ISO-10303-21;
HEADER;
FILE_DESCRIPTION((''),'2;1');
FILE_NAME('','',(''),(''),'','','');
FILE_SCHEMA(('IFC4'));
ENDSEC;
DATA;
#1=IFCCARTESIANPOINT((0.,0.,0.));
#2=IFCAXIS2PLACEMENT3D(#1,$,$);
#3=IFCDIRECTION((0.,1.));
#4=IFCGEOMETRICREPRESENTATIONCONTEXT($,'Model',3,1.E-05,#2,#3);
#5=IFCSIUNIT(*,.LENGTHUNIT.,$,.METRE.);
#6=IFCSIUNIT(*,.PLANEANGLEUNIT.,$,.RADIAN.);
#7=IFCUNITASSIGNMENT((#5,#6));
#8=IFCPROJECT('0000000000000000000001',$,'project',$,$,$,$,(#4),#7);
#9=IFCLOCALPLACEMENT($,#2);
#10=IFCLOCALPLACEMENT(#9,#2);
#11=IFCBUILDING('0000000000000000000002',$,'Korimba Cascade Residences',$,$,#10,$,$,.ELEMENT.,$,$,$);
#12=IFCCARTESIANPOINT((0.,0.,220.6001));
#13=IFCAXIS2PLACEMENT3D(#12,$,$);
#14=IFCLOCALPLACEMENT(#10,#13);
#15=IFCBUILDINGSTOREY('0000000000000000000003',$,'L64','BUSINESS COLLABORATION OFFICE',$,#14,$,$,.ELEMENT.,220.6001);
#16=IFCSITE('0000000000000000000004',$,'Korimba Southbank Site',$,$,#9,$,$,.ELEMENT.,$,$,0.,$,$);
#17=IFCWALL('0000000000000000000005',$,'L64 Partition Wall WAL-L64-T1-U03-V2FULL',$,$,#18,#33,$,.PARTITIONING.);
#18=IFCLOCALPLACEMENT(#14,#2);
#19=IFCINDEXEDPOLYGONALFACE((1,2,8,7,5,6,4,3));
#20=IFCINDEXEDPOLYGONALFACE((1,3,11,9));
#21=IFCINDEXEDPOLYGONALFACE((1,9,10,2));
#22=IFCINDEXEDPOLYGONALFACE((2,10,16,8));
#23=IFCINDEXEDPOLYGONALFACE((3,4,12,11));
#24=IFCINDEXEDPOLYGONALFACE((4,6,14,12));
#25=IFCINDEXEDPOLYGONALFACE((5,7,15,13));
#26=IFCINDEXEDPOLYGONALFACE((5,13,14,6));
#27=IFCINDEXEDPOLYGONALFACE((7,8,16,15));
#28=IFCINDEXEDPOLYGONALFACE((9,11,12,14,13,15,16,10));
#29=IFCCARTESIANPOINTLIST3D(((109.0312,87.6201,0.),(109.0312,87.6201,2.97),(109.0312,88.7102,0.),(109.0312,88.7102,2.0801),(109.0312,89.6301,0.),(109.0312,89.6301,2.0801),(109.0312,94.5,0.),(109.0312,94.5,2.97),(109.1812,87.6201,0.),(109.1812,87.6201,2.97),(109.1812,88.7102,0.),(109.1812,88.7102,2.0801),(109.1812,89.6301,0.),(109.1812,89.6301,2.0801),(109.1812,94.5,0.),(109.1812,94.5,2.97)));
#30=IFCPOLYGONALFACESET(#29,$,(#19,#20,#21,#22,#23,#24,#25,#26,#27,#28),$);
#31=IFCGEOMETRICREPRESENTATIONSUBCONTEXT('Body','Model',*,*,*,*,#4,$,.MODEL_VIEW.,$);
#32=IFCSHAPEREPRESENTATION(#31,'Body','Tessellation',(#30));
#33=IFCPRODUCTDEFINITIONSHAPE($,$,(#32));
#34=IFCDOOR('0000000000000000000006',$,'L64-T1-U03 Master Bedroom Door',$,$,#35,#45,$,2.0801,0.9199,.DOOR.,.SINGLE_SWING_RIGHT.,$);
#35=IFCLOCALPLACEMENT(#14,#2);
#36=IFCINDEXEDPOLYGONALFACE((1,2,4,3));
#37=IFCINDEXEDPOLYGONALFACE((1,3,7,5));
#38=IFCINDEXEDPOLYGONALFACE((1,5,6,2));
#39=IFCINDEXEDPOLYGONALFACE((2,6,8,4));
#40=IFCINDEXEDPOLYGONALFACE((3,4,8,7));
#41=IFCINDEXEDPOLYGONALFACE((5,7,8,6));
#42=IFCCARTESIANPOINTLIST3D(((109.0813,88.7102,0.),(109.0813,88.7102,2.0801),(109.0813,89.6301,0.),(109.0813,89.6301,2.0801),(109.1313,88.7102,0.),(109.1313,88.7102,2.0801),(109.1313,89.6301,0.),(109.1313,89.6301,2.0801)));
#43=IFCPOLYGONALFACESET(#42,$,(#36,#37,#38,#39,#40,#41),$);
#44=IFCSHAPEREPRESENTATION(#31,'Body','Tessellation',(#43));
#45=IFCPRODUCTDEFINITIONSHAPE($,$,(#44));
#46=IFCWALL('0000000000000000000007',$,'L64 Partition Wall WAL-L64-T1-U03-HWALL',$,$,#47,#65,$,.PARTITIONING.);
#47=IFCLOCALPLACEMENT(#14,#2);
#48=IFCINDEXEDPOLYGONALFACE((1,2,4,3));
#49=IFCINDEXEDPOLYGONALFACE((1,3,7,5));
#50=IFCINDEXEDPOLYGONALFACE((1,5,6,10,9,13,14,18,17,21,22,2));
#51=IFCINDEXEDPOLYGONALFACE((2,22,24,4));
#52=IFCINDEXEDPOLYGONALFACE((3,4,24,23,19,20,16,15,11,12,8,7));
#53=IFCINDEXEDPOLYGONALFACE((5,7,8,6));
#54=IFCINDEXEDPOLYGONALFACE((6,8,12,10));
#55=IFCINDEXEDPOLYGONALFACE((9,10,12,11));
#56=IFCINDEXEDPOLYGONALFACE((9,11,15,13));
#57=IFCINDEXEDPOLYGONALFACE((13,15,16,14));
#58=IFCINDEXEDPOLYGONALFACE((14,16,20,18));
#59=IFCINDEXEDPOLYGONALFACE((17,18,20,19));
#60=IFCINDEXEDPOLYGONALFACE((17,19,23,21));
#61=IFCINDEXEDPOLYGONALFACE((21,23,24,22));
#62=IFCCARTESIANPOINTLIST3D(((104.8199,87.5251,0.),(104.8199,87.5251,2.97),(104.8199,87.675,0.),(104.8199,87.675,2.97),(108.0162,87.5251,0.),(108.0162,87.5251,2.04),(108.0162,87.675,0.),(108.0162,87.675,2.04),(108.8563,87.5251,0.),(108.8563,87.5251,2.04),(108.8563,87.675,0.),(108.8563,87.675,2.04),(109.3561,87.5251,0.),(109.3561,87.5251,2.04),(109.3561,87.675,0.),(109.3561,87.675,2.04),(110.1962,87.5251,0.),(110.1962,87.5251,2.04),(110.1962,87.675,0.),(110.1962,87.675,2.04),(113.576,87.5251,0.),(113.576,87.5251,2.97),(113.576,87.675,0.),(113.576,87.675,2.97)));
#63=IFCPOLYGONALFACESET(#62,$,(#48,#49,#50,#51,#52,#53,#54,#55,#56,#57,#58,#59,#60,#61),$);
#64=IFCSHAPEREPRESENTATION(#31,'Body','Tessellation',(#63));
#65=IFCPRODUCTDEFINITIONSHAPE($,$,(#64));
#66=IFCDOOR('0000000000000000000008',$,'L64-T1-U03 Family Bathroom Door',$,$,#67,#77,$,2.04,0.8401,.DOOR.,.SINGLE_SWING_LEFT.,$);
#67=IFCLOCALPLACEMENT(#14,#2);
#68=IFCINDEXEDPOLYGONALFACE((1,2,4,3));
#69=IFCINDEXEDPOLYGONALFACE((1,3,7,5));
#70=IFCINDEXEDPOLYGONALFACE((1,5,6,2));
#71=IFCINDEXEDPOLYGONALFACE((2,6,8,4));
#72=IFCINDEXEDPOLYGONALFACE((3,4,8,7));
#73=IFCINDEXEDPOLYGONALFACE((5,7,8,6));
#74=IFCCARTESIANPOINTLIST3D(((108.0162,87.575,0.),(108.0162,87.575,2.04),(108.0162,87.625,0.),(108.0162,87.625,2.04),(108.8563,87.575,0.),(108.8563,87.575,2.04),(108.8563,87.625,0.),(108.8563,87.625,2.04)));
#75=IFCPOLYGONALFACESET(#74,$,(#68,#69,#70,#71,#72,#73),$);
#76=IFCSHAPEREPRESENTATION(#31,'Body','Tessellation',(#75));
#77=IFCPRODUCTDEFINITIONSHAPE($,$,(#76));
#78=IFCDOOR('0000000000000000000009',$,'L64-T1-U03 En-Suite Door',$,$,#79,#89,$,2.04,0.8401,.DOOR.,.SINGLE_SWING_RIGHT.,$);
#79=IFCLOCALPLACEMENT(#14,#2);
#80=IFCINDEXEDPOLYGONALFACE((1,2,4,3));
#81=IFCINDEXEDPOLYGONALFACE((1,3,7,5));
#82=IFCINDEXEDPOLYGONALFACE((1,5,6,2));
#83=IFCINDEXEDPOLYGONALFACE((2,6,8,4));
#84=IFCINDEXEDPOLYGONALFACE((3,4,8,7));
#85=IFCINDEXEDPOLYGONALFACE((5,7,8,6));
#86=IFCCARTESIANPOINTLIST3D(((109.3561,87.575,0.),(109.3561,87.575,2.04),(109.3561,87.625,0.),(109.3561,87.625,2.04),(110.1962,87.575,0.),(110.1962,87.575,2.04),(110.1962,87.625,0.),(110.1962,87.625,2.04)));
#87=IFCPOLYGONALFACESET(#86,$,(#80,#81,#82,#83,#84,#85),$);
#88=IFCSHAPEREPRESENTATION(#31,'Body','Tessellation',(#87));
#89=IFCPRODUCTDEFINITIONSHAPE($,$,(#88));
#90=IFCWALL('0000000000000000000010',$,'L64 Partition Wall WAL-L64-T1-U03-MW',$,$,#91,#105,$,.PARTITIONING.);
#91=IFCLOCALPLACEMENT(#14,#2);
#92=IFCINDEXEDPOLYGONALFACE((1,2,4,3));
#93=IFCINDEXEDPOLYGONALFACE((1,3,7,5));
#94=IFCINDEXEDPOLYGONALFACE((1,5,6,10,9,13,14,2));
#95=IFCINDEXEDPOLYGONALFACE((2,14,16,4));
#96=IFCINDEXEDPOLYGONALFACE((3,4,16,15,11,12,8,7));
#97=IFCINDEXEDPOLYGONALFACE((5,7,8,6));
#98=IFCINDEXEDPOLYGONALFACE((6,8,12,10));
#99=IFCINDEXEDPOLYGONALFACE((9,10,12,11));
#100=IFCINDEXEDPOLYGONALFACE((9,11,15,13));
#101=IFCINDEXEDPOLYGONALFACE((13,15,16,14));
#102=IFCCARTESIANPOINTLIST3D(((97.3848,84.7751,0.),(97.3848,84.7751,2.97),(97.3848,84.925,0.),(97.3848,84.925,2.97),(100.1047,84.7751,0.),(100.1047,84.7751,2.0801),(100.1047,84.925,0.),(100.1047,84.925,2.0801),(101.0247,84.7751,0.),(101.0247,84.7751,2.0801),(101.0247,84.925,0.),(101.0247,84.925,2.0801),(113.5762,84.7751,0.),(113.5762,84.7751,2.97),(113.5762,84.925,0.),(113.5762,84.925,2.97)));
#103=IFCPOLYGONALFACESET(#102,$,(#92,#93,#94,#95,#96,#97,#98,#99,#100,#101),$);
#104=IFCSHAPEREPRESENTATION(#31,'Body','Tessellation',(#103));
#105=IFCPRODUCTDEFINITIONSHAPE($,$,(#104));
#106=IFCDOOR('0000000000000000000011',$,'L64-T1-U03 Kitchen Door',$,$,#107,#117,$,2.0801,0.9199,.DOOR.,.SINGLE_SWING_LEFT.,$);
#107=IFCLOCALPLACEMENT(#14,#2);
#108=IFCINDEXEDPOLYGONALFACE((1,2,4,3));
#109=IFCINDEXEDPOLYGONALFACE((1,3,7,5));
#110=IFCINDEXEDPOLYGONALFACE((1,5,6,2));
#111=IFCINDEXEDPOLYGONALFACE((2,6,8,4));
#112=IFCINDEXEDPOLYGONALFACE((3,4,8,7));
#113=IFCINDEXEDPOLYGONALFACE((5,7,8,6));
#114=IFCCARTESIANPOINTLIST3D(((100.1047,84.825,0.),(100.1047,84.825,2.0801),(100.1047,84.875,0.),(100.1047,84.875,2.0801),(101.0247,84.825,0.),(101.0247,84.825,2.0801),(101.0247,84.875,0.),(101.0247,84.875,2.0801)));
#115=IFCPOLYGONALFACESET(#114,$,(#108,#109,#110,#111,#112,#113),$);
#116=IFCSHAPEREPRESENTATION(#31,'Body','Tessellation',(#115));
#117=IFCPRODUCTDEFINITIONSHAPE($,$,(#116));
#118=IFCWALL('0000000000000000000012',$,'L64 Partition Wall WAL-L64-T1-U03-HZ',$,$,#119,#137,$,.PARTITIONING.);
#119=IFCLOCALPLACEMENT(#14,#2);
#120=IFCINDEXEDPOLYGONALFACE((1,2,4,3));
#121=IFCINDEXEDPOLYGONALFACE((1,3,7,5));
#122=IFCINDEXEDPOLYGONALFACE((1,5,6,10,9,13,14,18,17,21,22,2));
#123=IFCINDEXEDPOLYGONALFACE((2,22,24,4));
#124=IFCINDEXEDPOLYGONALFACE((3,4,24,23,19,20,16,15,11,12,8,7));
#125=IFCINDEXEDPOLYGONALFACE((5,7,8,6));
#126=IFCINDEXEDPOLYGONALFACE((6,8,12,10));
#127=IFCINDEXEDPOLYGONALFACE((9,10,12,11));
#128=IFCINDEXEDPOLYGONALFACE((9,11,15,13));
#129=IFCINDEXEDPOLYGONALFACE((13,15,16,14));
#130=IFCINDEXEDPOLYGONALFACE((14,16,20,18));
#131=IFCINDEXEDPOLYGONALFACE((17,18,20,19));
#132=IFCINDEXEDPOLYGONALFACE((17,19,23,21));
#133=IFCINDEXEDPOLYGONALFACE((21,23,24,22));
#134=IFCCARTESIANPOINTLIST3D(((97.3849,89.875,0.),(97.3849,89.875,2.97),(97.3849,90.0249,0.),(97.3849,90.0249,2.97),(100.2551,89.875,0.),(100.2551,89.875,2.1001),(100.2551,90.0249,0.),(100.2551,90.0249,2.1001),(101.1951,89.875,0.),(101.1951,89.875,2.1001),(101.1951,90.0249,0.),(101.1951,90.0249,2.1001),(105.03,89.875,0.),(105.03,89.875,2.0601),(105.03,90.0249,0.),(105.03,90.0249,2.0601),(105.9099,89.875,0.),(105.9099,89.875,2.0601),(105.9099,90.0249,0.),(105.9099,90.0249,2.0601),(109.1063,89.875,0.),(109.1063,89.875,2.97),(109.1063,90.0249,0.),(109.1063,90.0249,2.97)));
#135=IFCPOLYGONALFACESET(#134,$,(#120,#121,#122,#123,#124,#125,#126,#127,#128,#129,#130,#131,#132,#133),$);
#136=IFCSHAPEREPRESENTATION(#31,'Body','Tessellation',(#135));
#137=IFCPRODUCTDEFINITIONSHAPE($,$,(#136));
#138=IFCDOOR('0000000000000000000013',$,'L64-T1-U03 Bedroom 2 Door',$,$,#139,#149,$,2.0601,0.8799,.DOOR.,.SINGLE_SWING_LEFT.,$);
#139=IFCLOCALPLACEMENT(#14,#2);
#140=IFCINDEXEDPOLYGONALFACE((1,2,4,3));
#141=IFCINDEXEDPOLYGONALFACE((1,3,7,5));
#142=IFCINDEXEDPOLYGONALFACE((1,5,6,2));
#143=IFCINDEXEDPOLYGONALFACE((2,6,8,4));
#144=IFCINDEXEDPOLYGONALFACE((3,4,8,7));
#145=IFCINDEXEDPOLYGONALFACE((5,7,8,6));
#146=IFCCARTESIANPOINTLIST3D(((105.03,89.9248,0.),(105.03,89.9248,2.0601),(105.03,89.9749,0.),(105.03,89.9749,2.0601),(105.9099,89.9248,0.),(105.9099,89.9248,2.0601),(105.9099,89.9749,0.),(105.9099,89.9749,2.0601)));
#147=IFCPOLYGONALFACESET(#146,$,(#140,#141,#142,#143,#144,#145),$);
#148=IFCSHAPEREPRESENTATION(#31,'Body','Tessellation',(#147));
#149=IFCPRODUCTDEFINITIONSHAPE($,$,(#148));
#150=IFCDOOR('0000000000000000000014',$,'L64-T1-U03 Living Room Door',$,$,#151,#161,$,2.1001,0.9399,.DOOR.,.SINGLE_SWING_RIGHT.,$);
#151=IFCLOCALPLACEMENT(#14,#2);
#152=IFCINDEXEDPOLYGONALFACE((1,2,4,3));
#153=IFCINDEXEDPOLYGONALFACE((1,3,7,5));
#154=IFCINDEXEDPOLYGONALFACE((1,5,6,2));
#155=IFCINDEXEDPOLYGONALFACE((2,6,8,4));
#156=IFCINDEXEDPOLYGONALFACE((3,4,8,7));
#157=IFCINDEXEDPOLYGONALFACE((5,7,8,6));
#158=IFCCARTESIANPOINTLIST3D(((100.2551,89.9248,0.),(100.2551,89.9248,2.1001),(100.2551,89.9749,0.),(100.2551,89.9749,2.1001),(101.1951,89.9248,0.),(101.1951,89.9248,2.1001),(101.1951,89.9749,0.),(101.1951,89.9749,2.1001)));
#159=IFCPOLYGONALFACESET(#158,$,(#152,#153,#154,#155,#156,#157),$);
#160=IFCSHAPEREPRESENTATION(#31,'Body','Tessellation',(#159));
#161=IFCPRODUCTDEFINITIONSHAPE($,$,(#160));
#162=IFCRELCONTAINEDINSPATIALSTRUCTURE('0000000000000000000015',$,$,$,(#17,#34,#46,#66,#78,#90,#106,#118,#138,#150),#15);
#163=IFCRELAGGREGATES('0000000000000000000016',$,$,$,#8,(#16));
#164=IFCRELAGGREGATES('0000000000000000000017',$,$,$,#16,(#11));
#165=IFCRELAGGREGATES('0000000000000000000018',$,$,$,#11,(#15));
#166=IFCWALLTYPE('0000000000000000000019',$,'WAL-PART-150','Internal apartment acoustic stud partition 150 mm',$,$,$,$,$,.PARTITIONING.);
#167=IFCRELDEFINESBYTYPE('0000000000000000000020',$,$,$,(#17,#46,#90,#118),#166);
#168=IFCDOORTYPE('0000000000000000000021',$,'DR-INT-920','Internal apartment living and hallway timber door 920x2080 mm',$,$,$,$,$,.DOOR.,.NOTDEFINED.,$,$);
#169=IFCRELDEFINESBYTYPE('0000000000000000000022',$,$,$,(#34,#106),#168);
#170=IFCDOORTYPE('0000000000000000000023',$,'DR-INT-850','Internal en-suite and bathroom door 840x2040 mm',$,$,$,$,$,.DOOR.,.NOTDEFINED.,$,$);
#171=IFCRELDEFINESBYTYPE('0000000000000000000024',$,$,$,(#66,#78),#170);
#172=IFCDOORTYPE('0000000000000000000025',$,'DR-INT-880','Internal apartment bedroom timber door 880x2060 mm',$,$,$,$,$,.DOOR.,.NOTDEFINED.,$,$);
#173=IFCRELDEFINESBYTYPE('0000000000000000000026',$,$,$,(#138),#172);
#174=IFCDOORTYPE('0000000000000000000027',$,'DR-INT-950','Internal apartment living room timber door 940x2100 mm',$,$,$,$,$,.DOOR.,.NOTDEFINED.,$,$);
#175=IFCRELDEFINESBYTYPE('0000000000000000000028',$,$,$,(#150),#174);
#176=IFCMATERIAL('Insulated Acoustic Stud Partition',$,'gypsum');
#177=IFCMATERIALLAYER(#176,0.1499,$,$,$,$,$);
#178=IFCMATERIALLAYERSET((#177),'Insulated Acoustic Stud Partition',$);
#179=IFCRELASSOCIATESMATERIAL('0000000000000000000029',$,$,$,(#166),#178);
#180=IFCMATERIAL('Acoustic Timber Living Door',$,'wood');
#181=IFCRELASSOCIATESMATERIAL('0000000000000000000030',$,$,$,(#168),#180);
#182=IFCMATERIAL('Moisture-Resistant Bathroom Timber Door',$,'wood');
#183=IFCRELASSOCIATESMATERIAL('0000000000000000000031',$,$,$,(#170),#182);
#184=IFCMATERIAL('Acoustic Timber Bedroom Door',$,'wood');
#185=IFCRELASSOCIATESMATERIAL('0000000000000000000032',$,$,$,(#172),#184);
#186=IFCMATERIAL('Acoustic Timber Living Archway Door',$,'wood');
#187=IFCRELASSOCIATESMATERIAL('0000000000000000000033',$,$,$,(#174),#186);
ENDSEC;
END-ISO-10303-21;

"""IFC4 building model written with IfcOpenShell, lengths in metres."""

from ifc_helpers import new_model, si_unit, direction, frame, frame_2d, origin, place, context, subcontext, project, spatial, rectangle, extrude, material, layer, layer_set, type_object, element, fill, save


model = new_model("IFC4")

# Units and contexts
model_context = context("Model", 3, precision=1e-05, world=origin(), true_north=direction((0.0, 1.0)))
body_context = subcontext(model_context, "Body", "Model", "MODEL_VIEW")
ifc_project = project(units=[si_unit("LENGTHUNIT", "METRE"), si_unit("PLANEANGLEUNIT", "RADIAN")], contexts=[model_context])

# Site, building, storey
site_placement = place(None, origin())
site = spatial("IfcSite", under=ifc_project, at=site_placement, Name="Korimba Southbank Site", CompositionType="ELEMENT", RefElevation=0.0)
building_placement = place(site_placement, origin())
building = spatial("IfcBuilding", under=site, at=building_placement, Name="Korimba Cascade Residences", CompositionType="ELEMENT")
storey_placement = place(building_placement, frame((0.0, 0.0, 220.6001)))
storey = spatial("IfcBuildingStorey", under=building, at=storey_placement, Name="L64", Description="BUSINESS COLLABORATION OFFICE", CompositionType="ELEMENT", Elevation=220.6001)

# Shared definitions
ifc_material_1 = material(Name="Insulated Acoustic Stud Partition", Category="gypsum")
ifc_layer = layer(ifc_material_1, 0.1499)
ifc_layer_set = layer_set([ifc_layer], Name="Insulated Acoustic Stud Partition")
wall_type = type_object("IfcWallType", Name="WAL-PART-150", Description="Internal apartment acoustic stud partition 150 mm", PredefinedType="PARTITIONING", material=ifc_layer_set)
ifc_material_2 = material(Name="Acoustic Timber Living Door", Category="wood")
door_type_1 = type_object("IfcDoorType", Name="DR-INT-920", Description="Internal apartment living and hallway timber door 920x2080 mm", OperationType="NOTDEFINED", PredefinedType="DOOR", material=ifc_material_2)

# Wall, opening, door
wall_1_placement = place(storey_placement, frame((109.1062, 87.6201, 0.0), z_axis=(0.0, 0.0, 1.0), x_axis=(0.0, 1.0, 0.0)))
wall_1 = element("IfcWall", 1, at=wall_1_placement, inside=storey, type_object=wall_type, Name="L64 Partition Wall WAL-L64-T1-U03-V2FULL", PredefinedType="PARTITIONING", context=body_context, shape_type="SweptSolid", body=[
    extrude(rectangle(XDim=6.8799, YDim=0.1499, at=frame_2d((3.4399, 0.0))), origin(), (0.0, 0.0, 1.0), 2.97),
])
opening_1_placement = place(wall_1_placement, frame((1.0901, 0.0, 0.0)))
opening_1 = element("IfcOpeningElement", 2, at=opening_1_placement, cuts=wall_1, PredefinedType="OPENING", context=body_context, shape_type="SweptSolid", body=[
    extrude(rectangle(XDim=0.9199, YDim=2.0801, at=frame_2d((0.46, 1.04))), frame((0.0, 0.085, 0.0), z_axis=(0.0, -1.0, 0.0), x_axis=(1.0, 0.0, 0.0)), (0.0, 0.0, 1.0), 0.1699),
])
door_1_placement = place(opening_1_placement, origin())
door_1 = element("IfcDoor", 3, at=door_1_placement, inside=storey, type_object=door_type_1, Name="L64-T1-U03 Master Bedroom Door", OperationType="SINGLE_SWING_RIGHT", OverallHeight=2.0801, OverallWidth=0.9199, PredefinedType="DOOR", context=body_context, shape_type="SweptSolid", body=[
    extrude(rectangle(XDim=0.9199, YDim=2.0801, at=frame_2d((0.46, 1.04))), frame((0.0, 0.0249, 0.0), z_axis=(0.0, -1.0, 0.0), x_axis=(1.0, 0.0, 0.0)), (0.0, 0.0, 1.0), 0.05),
])
fill(opening_1, door_1)

# Wall, openings, doors
wall_2_placement = place(storey_placement, frame((104.8201, 87.6001, 0.0), z_axis=(0.0, 0.0, 1.0), x_axis=(1.0, 0.0, 0.0)))
wall_2 = element("IfcWall", 4, at=wall_2_placement, inside=storey, type_object=wall_type, Name="L64 Partition Wall WAL-L64-T1-U03-HWALL", PredefinedType="PARTITIONING", context=body_context, shape_type="SweptSolid", body=[
    extrude(rectangle(XDim=8.7561, YDim=0.1499, at=frame_2d((4.3779, 0.0))), origin(), (0.0, 0.0, 1.0), 2.97),
])
opening_2_placement = place(wall_2_placement, frame((3.1963, 0.0, 0.0)))
opening_2 = element("IfcOpeningElement", 5, at=opening_2_placement, cuts=wall_2, PredefinedType="OPENING", context=body_context, shape_type="SweptSolid", body=[
    extrude(rectangle(XDim=0.8401, YDim=2.04, at=frame_2d((0.4199, 1.02))), frame((0.0, 0.085, 0.0), z_axis=(0.0, -1.0, 0.0), x_axis=(1.0, 0.0, 0.0)), (0.0, 0.0, 1.0), 0.1699),
])
opening_3_placement = place(wall_2_placement, frame((4.5361, 0.0, 0.0)))
opening_3 = element("IfcOpeningElement", 6, at=opening_3_placement, cuts=wall_2, PredefinedType="OPENING", context=body_context, shape_type="SweptSolid", body=[
    extrude(rectangle(XDim=0.8401, YDim=2.04, at=frame_2d((0.4199, 1.02))), frame((0.0, 0.085, 0.0), z_axis=(0.0, -1.0, 0.0), x_axis=(1.0, 0.0, 0.0)), (0.0, 0.0, 1.0), 0.1699),
])
ifc_material_3 = material(Name="Moisture-Resistant Bathroom Timber Door", Category="wood")
door_type_2 = type_object("IfcDoorType", Name="DR-INT-850", Description="Internal en-suite and bathroom door 840x2040 mm", OperationType="NOTDEFINED", PredefinedType="DOOR", material=ifc_material_3)
door_2_placement = place(opening_2_placement, origin())
door_2 = element("IfcDoor", 7, at=door_2_placement, inside=storey, type_object=door_type_2, Name="L64-T1-U03 Family Bathroom Door", OperationType="SINGLE_SWING_LEFT", OverallHeight=2.04, OverallWidth=0.8401, PredefinedType="DOOR", context=body_context, shape_type="SweptSolid", body=[
    extrude(rectangle(XDim=0.8401, YDim=2.04, at=frame_2d((0.4199, 1.02))), frame((0.0, 0.0249, 0.0), z_axis=(0.0, -1.0, 0.0), x_axis=(1.0, 0.0, 0.0)), (0.0, 0.0, 1.0), 0.05),
])
fill(opening_2, door_2)
door_3_placement = place(opening_3_placement, origin())
door_3 = element("IfcDoor", 8, at=door_3_placement, inside=storey, type_object=door_type_2, Name="L64-T1-U03 En-Suite Door", OperationType="SINGLE_SWING_RIGHT", OverallHeight=2.04, OverallWidth=0.8401, PredefinedType="DOOR", context=body_context, shape_type="SweptSolid", body=[
    extrude(rectangle(XDim=0.8401, YDim=2.04, at=frame_2d((0.4199, 1.02))), frame((0.0, 0.0249, 0.0), z_axis=(0.0, -1.0, 0.0), x_axis=(1.0, 0.0, 0.0)), (0.0, 0.0, 1.0), 0.05),
])
fill(opening_3, door_3)

# Wall, opening, door
wall_3_placement = place(storey_placement, frame((97.3848, 84.8501, 0.0), z_axis=(0.0, 0.0, 1.0), x_axis=(1.0, 0.0, 0.0)))
wall_3 = element("IfcWall", 9, at=wall_3_placement, inside=storey, type_object=wall_type, Name="L64 Partition Wall WAL-L64-T1-U03-MW", PredefinedType="PARTITIONING", context=body_context, shape_type="SweptSolid", body=[
    extrude(rectangle(XDim=16.1914, YDim=0.1499, at=frame_2d((8.0957, 0.0))), origin(), (0.0, 0.0, 1.0), 2.97),
])
opening_4_placement = place(wall_3_placement, frame((2.72, 0.0, 0.0)))
opening_4 = element("IfcOpeningElement", 10, at=opening_4_placement, cuts=wall_3, PredefinedType="OPENING", context=body_context, shape_type="SweptSolid", body=[
    extrude(rectangle(XDim=0.9199, YDim=2.0801, at=frame_2d((0.46, 1.04))), frame((0.0, 0.085, 0.0), z_axis=(0.0, -1.0, 0.0), x_axis=(1.0, 0.0, 0.0)), (0.0, 0.0, 1.0), 0.1699),
])
door_4_placement = place(opening_4_placement, origin())
door_4 = element("IfcDoor", 11, at=door_4_placement, inside=storey, type_object=door_type_1, Name="L64-T1-U03 Kitchen Door", OperationType="SINGLE_SWING_LEFT", OverallHeight=2.0801, OverallWidth=0.9199, PredefinedType="DOOR", context=body_context, shape_type="SweptSolid", body=[
    extrude(rectangle(XDim=0.9199, YDim=2.0801, at=frame_2d((0.46, 1.04))), frame((0.0, 0.0249, 0.0), z_axis=(0.0, -1.0, 0.0), x_axis=(1.0, 0.0, 0.0)), (0.0, 0.0, 1.0), 0.05),
])
fill(opening_4, door_4)

# Wall, openings, doors
wall_4_placement = place(storey_placement, frame((97.3848, 89.95, 0.0), z_axis=(0.0, 0.0, 1.0), x_axis=(1.0, 0.0, 0.0)))
wall_4 = element("IfcWall", 12, at=wall_4_placement, inside=storey, type_object=wall_type, Name="L64 Partition Wall WAL-L64-T1-U03-HZ", PredefinedType="PARTITIONING", context=body_context, shape_type="SweptSolid", body=[
    extrude(rectangle(XDim=11.7214, YDim=0.1499, at=frame_2d((5.8608, 0.0))), origin(), (0.0, 0.0, 1.0), 2.97),
])
opening_5_placement = place(wall_4_placement, frame((2.8704, 0.0, 0.0)))
opening_5 = element("IfcOpeningElement", 13, at=opening_5_placement, cuts=wall_4, PredefinedType="OPENING", context=body_context, shape_type="SweptSolid", body=[
    extrude(rectangle(XDim=0.9399, YDim=2.1001, at=frame_2d((0.47, 1.05))), frame((0.0, 0.085, 0.0), z_axis=(0.0, -1.0, 0.0), x_axis=(1.0, 0.0, 0.0)), (0.0, 0.0, 1.0), 0.1699),
])
opening_6_placement = place(wall_4_placement, frame((7.6453, 0.0, 0.0)))
opening_6 = element("IfcOpeningElement", 14, at=opening_6_placement, cuts=wall_4, PredefinedType="OPENING", context=body_context, shape_type="SweptSolid", body=[
    extrude(rectangle(XDim=0.8799, YDim=2.0601, at=frame_2d((0.4399, 1.03))), frame((0.0, 0.085, 0.0), z_axis=(0.0, -1.0, 0.0), x_axis=(1.0, 0.0, 0.0)), (0.0, 0.0, 1.0), 0.1699),
])
ifc_material_4 = material(Name="Acoustic Timber Bedroom Door", Category="wood")
door_type_3 = type_object("IfcDoorType", Name="DR-INT-880", Description="Internal apartment bedroom timber door 880x2060 mm", OperationType="NOTDEFINED", PredefinedType="DOOR", material=ifc_material_4)
door_5_placement = place(opening_6_placement, origin())
door_5 = element("IfcDoor", 15, at=door_5_placement, inside=storey, type_object=door_type_3, Name="L64-T1-U03 Bedroom 2 Door", OperationType="SINGLE_SWING_LEFT", OverallHeight=2.0601, OverallWidth=0.8799, PredefinedType="DOOR", context=body_context, shape_type="SweptSolid", body=[
    extrude(rectangle(XDim=0.8799, YDim=2.0601, at=frame_2d((0.4399, 1.03))), frame((0.0, 0.0249, 0.0), z_axis=(0.0, -1.0, 0.0), x_axis=(1.0, 0.0, 0.0)), (0.0, 0.0, 1.0), 0.05),
])
fill(opening_6, door_5)
ifc_material_5 = material(Name="Acoustic Timber Living Archway Door", Category="wood")
door_type_4 = type_object("IfcDoorType", Name="DR-INT-950", Description="Internal apartment living room timber door 940x2100 mm", OperationType="NOTDEFINED", PredefinedType="DOOR", material=ifc_material_5)
door_6_placement = place(opening_5_placement, origin())
door_6 = element("IfcDoor", 16, at=door_6_placement, inside=storey, type_object=door_type_4, Name="L64-T1-U03 Living Room Door", OperationType="SINGLE_SWING_RIGHT", OverallHeight=2.1001, OverallWidth=0.9399, PredefinedType="DOOR", context=body_context, shape_type="SweptSolid", body=[
    extrude(rectangle(XDim=0.9399, YDim=2.1001, at=frame_2d((0.47, 1.05))), frame((0.0, 0.0249, 0.0), z_axis=(0.0, -1.0, 0.0), x_axis=(1.0, 0.0, 0.0)), (0.0, 0.0, 1.0), 0.05),
])
fill(opening_5, door_6)

save(model, "model.ifc")
